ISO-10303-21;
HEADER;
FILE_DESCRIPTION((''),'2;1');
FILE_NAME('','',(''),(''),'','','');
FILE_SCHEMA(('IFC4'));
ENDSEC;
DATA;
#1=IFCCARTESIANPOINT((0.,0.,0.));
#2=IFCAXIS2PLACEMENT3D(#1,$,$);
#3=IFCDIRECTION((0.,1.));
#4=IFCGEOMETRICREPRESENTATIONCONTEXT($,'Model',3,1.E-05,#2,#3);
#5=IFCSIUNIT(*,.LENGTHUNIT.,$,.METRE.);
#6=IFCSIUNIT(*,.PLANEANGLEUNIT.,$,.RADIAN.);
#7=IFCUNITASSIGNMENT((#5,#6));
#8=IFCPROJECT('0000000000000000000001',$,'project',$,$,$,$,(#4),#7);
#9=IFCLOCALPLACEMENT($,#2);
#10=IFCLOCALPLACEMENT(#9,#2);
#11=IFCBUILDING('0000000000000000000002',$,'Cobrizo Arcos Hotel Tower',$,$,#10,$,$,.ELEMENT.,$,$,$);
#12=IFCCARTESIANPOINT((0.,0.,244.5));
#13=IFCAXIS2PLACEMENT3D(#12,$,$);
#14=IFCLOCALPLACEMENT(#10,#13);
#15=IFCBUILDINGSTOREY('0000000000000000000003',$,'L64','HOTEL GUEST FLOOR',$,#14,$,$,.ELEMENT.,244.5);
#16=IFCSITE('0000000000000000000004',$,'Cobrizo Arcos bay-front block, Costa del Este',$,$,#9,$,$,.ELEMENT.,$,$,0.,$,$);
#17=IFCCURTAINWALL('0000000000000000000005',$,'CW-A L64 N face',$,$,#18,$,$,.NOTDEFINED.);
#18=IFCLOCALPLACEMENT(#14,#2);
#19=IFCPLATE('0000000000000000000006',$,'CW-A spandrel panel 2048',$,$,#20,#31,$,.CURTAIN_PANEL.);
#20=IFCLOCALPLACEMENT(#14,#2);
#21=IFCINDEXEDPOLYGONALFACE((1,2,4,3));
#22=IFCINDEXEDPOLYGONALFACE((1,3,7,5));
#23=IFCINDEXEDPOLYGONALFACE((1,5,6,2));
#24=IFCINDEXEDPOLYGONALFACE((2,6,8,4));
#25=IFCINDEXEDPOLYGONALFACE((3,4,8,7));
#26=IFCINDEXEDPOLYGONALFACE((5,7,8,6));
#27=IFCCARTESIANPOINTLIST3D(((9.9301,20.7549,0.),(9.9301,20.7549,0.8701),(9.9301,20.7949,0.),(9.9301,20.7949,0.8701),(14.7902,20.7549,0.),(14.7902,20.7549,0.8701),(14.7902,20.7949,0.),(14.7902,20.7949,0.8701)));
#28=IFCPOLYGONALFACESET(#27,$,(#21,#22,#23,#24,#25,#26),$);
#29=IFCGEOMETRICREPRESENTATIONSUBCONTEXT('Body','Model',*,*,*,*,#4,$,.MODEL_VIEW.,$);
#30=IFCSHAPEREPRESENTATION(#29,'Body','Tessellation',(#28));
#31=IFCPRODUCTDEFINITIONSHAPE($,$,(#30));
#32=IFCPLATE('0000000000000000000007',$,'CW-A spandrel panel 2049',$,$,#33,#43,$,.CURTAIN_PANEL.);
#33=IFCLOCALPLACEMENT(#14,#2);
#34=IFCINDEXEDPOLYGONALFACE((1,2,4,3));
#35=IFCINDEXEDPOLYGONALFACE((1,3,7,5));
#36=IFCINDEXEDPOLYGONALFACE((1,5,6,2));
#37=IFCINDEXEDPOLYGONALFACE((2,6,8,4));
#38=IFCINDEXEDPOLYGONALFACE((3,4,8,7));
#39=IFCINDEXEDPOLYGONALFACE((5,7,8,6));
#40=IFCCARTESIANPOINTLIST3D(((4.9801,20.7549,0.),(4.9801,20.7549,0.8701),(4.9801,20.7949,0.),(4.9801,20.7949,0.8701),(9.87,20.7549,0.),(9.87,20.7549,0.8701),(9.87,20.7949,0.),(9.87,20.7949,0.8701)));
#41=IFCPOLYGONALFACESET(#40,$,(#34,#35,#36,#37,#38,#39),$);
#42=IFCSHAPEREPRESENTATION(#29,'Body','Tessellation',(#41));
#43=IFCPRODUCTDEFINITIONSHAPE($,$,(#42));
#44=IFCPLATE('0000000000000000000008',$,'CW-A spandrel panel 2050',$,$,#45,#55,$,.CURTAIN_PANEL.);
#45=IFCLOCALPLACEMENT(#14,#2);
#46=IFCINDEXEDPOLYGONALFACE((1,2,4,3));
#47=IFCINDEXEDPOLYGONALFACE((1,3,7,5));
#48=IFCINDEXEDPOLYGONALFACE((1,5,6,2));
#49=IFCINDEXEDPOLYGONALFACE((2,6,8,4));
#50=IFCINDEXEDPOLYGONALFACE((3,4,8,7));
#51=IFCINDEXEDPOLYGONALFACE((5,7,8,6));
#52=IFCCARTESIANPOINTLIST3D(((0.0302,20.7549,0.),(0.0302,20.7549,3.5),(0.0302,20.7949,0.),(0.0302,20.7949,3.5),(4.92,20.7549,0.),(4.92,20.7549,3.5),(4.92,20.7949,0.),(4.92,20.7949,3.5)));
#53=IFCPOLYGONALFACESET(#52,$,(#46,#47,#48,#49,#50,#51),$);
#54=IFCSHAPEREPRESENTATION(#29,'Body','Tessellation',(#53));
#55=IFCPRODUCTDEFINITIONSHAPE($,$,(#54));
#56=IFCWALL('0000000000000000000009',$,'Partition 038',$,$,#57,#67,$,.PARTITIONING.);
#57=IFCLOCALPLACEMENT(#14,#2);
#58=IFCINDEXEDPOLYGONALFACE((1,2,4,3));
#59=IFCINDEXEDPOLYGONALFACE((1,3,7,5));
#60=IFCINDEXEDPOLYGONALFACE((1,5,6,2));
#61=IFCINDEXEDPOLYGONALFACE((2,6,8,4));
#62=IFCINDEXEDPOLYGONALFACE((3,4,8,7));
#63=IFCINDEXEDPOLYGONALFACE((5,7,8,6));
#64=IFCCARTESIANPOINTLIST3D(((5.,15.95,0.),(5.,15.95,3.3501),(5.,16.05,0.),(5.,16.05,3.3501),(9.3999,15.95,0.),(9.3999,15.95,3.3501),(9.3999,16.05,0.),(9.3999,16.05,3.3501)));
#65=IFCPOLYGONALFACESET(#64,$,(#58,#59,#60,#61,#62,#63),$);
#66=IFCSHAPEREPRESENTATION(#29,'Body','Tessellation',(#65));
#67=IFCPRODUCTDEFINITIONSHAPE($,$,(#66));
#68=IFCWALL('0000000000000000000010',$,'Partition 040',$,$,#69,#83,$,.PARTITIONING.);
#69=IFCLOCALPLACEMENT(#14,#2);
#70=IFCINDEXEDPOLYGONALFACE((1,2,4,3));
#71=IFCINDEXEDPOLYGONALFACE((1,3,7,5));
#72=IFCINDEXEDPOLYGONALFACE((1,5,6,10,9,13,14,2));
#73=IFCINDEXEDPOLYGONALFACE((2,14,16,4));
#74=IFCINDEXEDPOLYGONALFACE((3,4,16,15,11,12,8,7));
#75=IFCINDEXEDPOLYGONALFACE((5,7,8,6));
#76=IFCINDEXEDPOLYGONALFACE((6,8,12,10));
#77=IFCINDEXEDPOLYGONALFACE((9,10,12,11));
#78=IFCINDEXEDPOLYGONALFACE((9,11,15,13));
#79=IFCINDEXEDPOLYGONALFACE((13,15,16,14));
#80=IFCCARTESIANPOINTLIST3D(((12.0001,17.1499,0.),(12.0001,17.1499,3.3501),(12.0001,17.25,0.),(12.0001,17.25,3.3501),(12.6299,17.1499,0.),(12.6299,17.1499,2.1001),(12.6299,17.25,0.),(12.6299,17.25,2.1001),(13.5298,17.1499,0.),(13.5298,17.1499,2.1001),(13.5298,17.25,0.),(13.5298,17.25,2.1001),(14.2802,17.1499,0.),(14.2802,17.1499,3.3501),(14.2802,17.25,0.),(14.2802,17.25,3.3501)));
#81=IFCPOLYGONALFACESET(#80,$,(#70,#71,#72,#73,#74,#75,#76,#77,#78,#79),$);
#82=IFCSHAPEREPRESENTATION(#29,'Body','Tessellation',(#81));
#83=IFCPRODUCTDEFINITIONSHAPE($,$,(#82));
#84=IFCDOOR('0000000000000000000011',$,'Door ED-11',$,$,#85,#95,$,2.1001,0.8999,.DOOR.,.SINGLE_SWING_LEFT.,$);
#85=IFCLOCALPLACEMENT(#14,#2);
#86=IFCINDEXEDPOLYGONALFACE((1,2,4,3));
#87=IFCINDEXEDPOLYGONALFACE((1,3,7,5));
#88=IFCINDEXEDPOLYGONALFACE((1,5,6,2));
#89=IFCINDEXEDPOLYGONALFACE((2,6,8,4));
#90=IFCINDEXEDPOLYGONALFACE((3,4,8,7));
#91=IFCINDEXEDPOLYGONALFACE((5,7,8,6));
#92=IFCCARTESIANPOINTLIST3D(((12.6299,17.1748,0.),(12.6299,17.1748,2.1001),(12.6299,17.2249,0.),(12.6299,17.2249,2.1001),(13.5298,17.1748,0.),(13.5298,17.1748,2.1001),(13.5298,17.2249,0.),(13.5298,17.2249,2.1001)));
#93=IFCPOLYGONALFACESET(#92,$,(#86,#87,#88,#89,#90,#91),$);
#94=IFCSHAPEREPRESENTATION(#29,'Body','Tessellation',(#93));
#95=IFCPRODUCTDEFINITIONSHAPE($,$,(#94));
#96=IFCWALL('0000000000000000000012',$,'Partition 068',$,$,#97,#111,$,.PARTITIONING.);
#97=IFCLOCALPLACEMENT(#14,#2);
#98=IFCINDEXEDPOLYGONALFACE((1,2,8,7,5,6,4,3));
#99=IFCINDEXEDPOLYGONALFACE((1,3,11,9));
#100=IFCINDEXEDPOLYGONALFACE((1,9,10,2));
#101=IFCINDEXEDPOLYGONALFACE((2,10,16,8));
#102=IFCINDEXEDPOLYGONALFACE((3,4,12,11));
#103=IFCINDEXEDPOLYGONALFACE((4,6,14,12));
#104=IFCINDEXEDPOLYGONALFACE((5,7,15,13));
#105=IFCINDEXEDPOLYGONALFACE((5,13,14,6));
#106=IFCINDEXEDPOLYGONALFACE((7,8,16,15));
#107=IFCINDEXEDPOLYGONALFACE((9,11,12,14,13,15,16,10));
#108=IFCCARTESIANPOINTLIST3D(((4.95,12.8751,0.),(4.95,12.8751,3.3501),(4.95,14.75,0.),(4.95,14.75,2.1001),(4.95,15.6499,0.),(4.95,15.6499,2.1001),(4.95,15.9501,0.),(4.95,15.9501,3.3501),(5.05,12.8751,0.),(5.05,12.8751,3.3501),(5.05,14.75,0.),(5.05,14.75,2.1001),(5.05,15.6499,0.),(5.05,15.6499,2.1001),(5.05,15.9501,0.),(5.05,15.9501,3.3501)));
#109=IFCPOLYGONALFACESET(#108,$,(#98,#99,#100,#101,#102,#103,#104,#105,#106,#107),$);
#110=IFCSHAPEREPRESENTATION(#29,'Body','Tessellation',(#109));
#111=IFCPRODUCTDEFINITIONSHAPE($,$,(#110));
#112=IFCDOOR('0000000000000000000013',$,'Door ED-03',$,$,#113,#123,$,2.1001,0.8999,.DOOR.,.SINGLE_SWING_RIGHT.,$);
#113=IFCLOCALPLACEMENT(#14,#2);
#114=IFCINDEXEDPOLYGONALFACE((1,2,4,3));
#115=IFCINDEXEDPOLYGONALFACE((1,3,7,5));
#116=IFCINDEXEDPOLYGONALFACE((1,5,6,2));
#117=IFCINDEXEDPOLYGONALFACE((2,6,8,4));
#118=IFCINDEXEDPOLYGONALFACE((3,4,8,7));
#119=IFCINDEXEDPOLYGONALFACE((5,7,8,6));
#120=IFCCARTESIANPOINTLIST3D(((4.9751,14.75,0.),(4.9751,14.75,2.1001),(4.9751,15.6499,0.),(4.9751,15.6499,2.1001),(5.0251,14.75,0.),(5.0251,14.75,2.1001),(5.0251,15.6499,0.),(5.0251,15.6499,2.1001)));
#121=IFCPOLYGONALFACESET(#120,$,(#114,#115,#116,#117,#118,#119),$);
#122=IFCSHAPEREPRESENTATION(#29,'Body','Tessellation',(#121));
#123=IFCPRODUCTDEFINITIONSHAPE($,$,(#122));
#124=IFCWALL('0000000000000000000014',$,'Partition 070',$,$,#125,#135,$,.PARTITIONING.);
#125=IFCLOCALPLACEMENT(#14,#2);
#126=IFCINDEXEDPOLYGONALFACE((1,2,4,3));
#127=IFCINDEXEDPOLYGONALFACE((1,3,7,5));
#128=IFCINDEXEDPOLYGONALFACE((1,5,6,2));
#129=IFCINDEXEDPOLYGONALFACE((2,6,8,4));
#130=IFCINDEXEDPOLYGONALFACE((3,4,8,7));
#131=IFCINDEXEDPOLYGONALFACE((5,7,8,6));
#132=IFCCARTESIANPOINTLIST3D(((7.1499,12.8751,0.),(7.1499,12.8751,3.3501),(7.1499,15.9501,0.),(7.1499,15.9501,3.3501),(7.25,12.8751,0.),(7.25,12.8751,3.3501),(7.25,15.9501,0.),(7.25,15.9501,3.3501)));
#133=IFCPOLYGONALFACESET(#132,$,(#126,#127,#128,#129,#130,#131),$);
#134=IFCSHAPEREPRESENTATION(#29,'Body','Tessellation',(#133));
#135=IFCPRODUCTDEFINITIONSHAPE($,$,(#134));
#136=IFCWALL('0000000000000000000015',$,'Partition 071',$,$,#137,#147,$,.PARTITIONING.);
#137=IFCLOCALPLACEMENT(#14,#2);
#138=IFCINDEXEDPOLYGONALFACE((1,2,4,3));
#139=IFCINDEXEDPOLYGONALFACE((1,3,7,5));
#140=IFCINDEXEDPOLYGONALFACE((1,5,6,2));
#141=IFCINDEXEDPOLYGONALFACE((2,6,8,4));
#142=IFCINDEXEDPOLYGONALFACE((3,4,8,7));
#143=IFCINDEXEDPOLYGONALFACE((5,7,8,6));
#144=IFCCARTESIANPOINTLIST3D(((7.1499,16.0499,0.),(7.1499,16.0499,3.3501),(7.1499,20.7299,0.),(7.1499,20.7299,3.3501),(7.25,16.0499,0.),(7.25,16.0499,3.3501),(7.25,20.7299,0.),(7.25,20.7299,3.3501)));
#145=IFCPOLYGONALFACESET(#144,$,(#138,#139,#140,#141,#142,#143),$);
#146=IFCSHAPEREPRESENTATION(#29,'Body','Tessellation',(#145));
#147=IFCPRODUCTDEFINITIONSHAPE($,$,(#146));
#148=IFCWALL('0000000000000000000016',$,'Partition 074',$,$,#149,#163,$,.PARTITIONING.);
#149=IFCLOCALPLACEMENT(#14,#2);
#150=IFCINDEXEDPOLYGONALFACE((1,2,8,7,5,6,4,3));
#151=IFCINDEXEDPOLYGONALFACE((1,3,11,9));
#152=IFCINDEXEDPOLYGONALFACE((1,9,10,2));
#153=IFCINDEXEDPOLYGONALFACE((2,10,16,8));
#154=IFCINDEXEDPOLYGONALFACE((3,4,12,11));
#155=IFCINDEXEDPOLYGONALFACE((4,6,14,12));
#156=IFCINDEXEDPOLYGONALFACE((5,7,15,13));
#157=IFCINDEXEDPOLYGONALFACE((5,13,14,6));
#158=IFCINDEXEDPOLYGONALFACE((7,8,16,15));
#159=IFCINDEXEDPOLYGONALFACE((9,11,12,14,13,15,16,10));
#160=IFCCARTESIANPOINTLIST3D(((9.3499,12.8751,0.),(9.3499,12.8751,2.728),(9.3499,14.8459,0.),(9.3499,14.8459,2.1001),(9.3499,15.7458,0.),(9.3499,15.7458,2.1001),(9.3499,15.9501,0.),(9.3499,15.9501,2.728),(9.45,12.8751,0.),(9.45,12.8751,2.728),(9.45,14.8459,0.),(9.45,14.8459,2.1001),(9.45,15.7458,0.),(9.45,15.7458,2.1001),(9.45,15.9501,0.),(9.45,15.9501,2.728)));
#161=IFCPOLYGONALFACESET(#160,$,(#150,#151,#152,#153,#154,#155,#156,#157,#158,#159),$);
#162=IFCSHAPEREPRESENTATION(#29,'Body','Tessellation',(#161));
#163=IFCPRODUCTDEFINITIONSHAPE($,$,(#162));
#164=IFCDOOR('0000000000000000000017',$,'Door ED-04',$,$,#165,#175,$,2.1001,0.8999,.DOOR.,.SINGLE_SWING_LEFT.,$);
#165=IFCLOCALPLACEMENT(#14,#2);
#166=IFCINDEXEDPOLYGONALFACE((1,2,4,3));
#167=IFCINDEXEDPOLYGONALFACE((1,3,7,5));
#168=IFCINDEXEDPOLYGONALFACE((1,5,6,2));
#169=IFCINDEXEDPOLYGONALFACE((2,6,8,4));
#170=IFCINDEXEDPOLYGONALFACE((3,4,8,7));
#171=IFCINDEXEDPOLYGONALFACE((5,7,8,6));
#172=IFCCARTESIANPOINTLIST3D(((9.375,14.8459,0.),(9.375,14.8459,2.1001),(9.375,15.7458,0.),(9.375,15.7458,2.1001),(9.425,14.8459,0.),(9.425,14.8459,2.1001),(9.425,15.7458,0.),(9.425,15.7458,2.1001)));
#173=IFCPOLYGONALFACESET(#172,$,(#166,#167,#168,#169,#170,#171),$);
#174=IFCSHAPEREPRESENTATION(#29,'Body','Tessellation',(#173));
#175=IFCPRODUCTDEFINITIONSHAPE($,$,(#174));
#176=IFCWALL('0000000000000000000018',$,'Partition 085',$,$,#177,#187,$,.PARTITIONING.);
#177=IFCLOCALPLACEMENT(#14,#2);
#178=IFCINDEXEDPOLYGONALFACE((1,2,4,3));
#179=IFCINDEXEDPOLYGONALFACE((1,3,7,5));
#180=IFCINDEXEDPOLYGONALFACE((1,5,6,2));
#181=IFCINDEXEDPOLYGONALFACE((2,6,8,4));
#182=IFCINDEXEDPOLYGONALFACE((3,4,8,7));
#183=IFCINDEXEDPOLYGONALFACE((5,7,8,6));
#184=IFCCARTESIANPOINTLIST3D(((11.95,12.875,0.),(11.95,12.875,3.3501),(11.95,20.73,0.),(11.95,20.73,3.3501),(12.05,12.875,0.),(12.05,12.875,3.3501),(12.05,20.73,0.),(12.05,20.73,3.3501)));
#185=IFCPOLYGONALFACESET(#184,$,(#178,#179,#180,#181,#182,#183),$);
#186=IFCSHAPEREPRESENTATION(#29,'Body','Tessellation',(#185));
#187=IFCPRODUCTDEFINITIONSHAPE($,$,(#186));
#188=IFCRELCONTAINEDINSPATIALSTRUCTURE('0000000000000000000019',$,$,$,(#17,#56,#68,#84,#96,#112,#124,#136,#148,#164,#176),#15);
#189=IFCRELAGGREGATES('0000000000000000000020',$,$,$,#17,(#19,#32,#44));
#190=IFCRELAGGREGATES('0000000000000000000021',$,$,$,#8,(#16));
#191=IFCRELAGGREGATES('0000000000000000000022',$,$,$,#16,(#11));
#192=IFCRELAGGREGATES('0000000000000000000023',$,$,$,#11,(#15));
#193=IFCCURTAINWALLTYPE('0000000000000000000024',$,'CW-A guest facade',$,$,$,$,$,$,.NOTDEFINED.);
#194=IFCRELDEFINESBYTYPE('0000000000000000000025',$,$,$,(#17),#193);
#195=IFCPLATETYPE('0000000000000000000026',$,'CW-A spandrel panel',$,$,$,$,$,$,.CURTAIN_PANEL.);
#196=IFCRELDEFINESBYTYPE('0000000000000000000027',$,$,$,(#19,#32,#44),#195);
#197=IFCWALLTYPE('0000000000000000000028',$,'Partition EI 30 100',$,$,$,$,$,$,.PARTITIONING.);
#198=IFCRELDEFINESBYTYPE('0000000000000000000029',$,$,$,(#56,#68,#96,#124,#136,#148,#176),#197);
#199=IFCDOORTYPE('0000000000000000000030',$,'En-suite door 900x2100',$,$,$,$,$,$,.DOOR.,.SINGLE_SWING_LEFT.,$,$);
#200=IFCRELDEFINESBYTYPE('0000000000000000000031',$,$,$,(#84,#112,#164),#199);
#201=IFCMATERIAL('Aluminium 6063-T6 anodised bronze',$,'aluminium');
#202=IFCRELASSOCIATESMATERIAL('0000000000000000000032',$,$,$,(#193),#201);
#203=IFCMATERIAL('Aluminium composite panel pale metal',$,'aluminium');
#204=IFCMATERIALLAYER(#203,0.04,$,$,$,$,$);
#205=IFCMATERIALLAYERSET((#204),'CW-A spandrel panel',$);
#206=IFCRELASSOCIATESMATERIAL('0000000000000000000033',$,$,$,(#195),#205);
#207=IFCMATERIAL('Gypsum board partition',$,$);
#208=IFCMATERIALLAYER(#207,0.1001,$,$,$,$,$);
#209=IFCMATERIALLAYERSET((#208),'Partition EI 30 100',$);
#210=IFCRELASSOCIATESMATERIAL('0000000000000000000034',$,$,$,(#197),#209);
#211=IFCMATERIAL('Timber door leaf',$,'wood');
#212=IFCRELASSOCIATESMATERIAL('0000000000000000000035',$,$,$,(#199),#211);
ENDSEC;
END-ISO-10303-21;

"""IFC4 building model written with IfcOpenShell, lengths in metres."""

from ifc_helpers import new_model, si_unit, direction, frame, frame_2d, origin, origin_2d, place, context, subcontext, project, spatial, rectangle, extrude, material, layer, layer_set, type_object, element, fill, aggregate, save


model = new_model("IFC4")

# Units and contexts
model_context = context("Model", 3, precision=1e-05, world=origin(), true_north=direction((0.0, 1.0)))
body_context = subcontext(model_context, "Body", "Model", "MODEL_VIEW")
ifc_project = project(units=[si_unit("LENGTHUNIT", "METRE"), si_unit("PLANEANGLEUNIT", "RADIAN")], contexts=[model_context])

# Site, building, storey
site_placement = place(None, origin())
site = spatial("IfcSite", under=ifc_project, at=site_placement, Name="Cobrizo Arcos bay-front block, Costa del Este", CompositionType="ELEMENT", RefElevation=0.0)
building_placement = place(site_placement, origin())
building = spatial("IfcBuilding", under=site, at=building_placement, Name="Cobrizo Arcos Hotel Tower", CompositionType="ELEMENT")
storey_placement = place(building_placement, frame((0.0, 0.0, 244.5)))
storey = spatial("IfcBuildingStorey", under=building, at=storey_placement, Name="L64", Description="HOTEL GUEST FLOOR", CompositionType="ELEMENT", Elevation=244.5)

# Curtain wall
ifc_material_1 = material(Name="Aluminium 6063-T6 anodised bronze", Category="aluminium")
curtain_wall_type = type_object("IfcCurtainWallType", Name="CW-A guest facade", PredefinedType="NOTDEFINED", material=ifc_material_1)
curtain_wall_placement = place(storey_placement, origin())
curtain_wall = element("IfcCurtainWall", 1, at=curtain_wall_placement, inside=storey, type_object=curtain_wall_type, Name="CW-A L64 N face", PredefinedType="NOTDEFINED")

# Plates
ifc_material_2 = material(Name="Aluminium composite panel pale metal", Category="aluminium")
ifc_layer_1 = layer(ifc_material_2, 0.04)
ifc_layer_set_1 = layer_set([ifc_layer_1], Name="CW-A spandrel panel")
plate_type_1 = type_object("IfcPlateType", Name="CW-A spandrel panel", PredefinedType="CURTAIN_PANEL", material=ifc_layer_set_1)
plate_1_placement = place(storey_placement, frame((12.3601, 20.7749, 0.0), z_axis=(0.0, 0.0, 1.0), x_axis=(-1.0, 0.0, 0.0)))
plate_1 = element("IfcPlate", 2, at=plate_1_placement, type_object=plate_type_1, Name="CW-A spandrel panel 2048", PredefinedType="CURTAIN_PANEL", context=body_context, shape_type="SweptSolid", body=[
    extrude(rectangle(XDim=4.8601, YDim=0.04, at=origin_2d()), origin(), (0.0, 0.0, 1.0), 0.8701),
])
plate_2_placement = place(storey_placement, frame((7.425, 20.7749, 0.0), z_axis=(0.0, 0.0, 1.0), x_axis=(-1.0, 0.0, 0.0)))
plate_2 = element("IfcPlate", 3, at=plate_2_placement, type_object=plate_type_1, Name="CW-A spandrel panel 2049", PredefinedType="CURTAIN_PANEL", context=body_context, shape_type="SweptSolid", body=[
    extrude(rectangle(XDim=4.8899, YDim=0.04, at=origin_2d()), origin(), (0.0, 0.0, 1.0), 0.8701),
])
plate_3_placement = place(storey_placement, frame((2.4751, 20.7749, 0.0), z_axis=(0.0, 0.0, 1.0), x_axis=(-1.0, 0.0, 0.0)))
plate_3 = element("IfcPlate", 4, at=plate_3_placement, type_object=plate_type_1, Name="CW-A spandrel panel 2050", PredefinedType="CURTAIN_PANEL", context=body_context, shape_type="SweptSolid", body=[
    extrude(rectangle(XDim=4.8899, YDim=0.04, at=origin_2d()), origin(), (0.0, 0.0, 1.0), 3.5),
])
aggregate(curtain_wall, [plate_1, plate_2, plate_3])

# Wall
ifc_material_3 = material(Name="Gypsum board partition")
ifc_layer_2 = layer(ifc_material_3, 0.1001)
ifc_layer_set_2 = layer_set([ifc_layer_2], Name="Partition EI 30 100")
wall_type = type_object("IfcWallType", Name="Partition EI 30 100", PredefinedType="PARTITIONING", material=ifc_layer_set_2)
wall_1_placement = place(storey_placement, frame((5.0, 16.0, 0.0), z_axis=(0.0, 0.0, 1.0), x_axis=(1.0, 0.0, 0.0)))
element("IfcWall", 5, at=wall_1_placement, inside=storey, type_object=wall_type, Name="Partition 038", PredefinedType="PARTITIONING", context=body_context, shape_type="SweptSolid", body=[
    extrude(rectangle(XDim=4.3999, YDim=0.1001, at=frame_2d((2.2, 0.0))), origin(), (0.0, 0.0, 1.0), 3.3501),
])

# Walls, openings, doors
wall_2_placement = place(storey_placement, frame((12.0, 17.2, 0.0), z_axis=(0.0, 0.0, 1.0), x_axis=(1.0, 0.0, 0.0)))
wall_2 = element("IfcWall", 6, at=wall_2_placement, inside=storey, type_object=wall_type, Name="Partition 040", PredefinedType="PARTITIONING", context=body_context, shape_type="SweptSolid", body=[
    extrude(rectangle(XDim=2.28, YDim=0.1001, at=frame_2d((1.1401, 0.0))), origin(), (0.0, 0.0, 1.0), 3.3501),
])
opening_1_placement = place(wall_2_placement, frame((0.6299, 0.0, 0.0)))
opening_1 = element("IfcOpeningElement", 7, at=opening_1_placement, cuts=wall_2, PredefinedType="OPENING", context=body_context, shape_type="SweptSolid", body=[
    extrude(rectangle(XDim=0.8999, YDim=2.1001, at=frame_2d((0.45, 1.05))), frame((0.0, 0.062, 0.0), z_axis=(0.0, -1.0, 0.0), x_axis=(1.0, 0.0, 0.0)), (0.0, 0.0, 1.0), 0.124),
])
ifc_material_4 = material(Name="Timber door leaf", Category="wood")
door_type = type_object("IfcDoorType", Name="En-suite door 900x2100", OperationType="SINGLE_SWING_LEFT", PredefinedType="DOOR", material=ifc_material_4)
door_1_placement = place(opening_1_placement, origin())
door_1 = element("IfcDoor", 8, at=door_1_placement, inside=storey, type_object=door_type, Name="Door ED-11", OperationType="SINGLE_SWING_LEFT", OverallHeight=2.1001, OverallWidth=0.8999, PredefinedType="DOOR", context=body_context, shape_type="SweptSolid", body=[
    extrude(rectangle(XDim=0.8999, YDim=2.1001, at=frame_2d((0.45, 1.05))), frame((0.0, 0.0249, 0.0), z_axis=(0.0, -1.0, 0.0), x_axis=(1.0, 0.0, 0.0)), (0.0, 0.0, 1.0), 0.05),
])
fill(opening_1, door_1)
wall_3_placement = place(storey_placement, frame((5.0, 12.875, 0.0), z_axis=(0.0, 0.0, 1.0), x_axis=(0.0, 1.0, 0.0)))
wall_3 = element("IfcWall", 9, at=wall_3_placement, inside=storey, type_object=wall_type, Name="Partition 068", PredefinedType="PARTITIONING", context=body_context, shape_type="SweptSolid", body=[
    extrude(rectangle(XDim=3.075, YDim=0.1001, at=frame_2d((1.5376, 0.0))), origin(), (0.0, 0.0, 1.0), 3.3501),
])
opening_2_placement = place(wall_3_placement, frame((1.875, 0.0, 0.0)))
opening_2 = element("IfcOpeningElement", 10, at=opening_2_placement, cuts=wall_3, PredefinedType="OPENING", context=body_context, shape_type="SweptSolid", body=[
    extrude(rectangle(XDim=0.8999, YDim=2.1001, at=frame_2d((0.45, 1.05))), frame((0.0, 0.062, 0.0), z_axis=(0.0, -1.0, 0.0), x_axis=(1.0, 0.0, 0.0)), (0.0, 0.0, 1.0), 0.124),
])
door_2_placement = place(opening_2_placement, origin())
door_2 = element("IfcDoor", 11, at=door_2_placement, inside=storey, type_object=door_type, Name="Door ED-03", OperationType="SINGLE_SWING_RIGHT", OverallHeight=2.1001, OverallWidth=0.8999, PredefinedType="DOOR", context=body_context, shape_type="SweptSolid", body=[
    extrude(rectangle(XDim=0.8999, YDim=2.1001, at=frame_2d((0.45, 1.05))), frame((0.0, 0.0249, 0.0), z_axis=(0.0, -1.0, 0.0), x_axis=(1.0, 0.0, 0.0)), (0.0, 0.0, 1.0), 0.05),
])
fill(opening_2, door_2)

# Walls
wall_4_placement = place(storey_placement, frame((7.2, 12.875, 0.0), z_axis=(0.0, 0.0, 1.0), x_axis=(0.0, 1.0, 0.0)))
element("IfcWall", 12, at=wall_4_placement, inside=storey, type_object=wall_type, Name="Partition 070", PredefinedType="PARTITIONING", context=body_context, shape_type="SweptSolid", body=[
    extrude(rectangle(XDim=3.075, YDim=0.1001, at=frame_2d((1.5376, 0.0))), origin(), (0.0, 0.0, 1.0), 3.3501),
])
wall_5_placement = place(storey_placement, frame((7.2, 16.05, 0.0), z_axis=(0.0, 0.0, 1.0), x_axis=(0.0, 1.0, 0.0)))
element("IfcWall", 13, at=wall_5_placement, inside=storey, type_object=wall_type, Name="Partition 071", PredefinedType="PARTITIONING", context=body_context, shape_type="SweptSolid", body=[
    extrude(rectangle(XDim=4.6799, YDim=0.1001, at=frame_2d((2.3398, 0.0))), origin(), (0.0, 0.0, 1.0), 3.3501),
])

# Wall, opening, door
wall_6_placement = place(storey_placement, frame((9.3999, 12.875, 0.0), z_axis=(0.0, 0.0, 1.0), x_axis=(0.0, 1.0, 0.0)))
wall_6 = element("IfcWall", 14, at=wall_6_placement, inside=storey, type_object=wall_type, Name="Partition 074", PredefinedType="PARTITIONING", context=body_context, shape_type="SweptSolid", body=[
    extrude(rectangle(XDim=3.075, YDim=0.1001, at=frame_2d((1.5376, 0.0))), origin(), (0.0, 0.0, 1.0), 2.728),
])
opening_3_placement = place(wall_6_placement, frame((1.9709, 0.0, 0.0)))
opening_3 = element("IfcOpeningElement", 15, at=opening_3_placement, cuts=wall_6, PredefinedType="OPENING", context=body_context, shape_type="SweptSolid", body=[
    extrude(rectangle(XDim=0.8999, YDim=2.1001, at=frame_2d((0.45, 1.05))), frame((0.0, 0.062, 0.0), z_axis=(0.0, -1.0, 0.0), x_axis=(1.0, 0.0, 0.0)), (0.0, 0.0, 1.0), 0.124),
])
door_3_placement = place(opening_3_placement, origin())
door_3 = element("IfcDoor", 16, at=door_3_placement, inside=storey, type_object=door_type, Name="Door ED-04", OperationType="SINGLE_SWING_LEFT", OverallHeight=2.1001, OverallWidth=0.8999, PredefinedType="DOOR", context=body_context, shape_type="SweptSolid", body=[
    extrude(rectangle(XDim=0.8999, YDim=2.1001, at=frame_2d((0.45, 1.05))), frame((0.0, 0.0249, 0.0), z_axis=(0.0, -1.0, 0.0), x_axis=(1.0, 0.0, 0.0)), (0.0, 0.0, 1.0), 0.05),
])
fill(opening_3, door_3)

# Wall
wall_7_placement = place(storey_placement, frame((12.0, 12.875, 0.0), z_axis=(0.0, 0.0, 1.0), x_axis=(0.0, 1.0, 0.0)))
element("IfcWall", 17, at=wall_7_placement, inside=storey, type_object=wall_type, Name="Partition 085", PredefinedType="PARTITIONING", context=body_context, shape_type="SweptSolid", body=[
    extrude(rectangle(XDim=7.855, YDim=0.1001, at=frame_2d((3.9275, 0.0))), origin(), (0.0, 0.0, 1.0), 3.3501),
])

save(model, "model.ifc")
